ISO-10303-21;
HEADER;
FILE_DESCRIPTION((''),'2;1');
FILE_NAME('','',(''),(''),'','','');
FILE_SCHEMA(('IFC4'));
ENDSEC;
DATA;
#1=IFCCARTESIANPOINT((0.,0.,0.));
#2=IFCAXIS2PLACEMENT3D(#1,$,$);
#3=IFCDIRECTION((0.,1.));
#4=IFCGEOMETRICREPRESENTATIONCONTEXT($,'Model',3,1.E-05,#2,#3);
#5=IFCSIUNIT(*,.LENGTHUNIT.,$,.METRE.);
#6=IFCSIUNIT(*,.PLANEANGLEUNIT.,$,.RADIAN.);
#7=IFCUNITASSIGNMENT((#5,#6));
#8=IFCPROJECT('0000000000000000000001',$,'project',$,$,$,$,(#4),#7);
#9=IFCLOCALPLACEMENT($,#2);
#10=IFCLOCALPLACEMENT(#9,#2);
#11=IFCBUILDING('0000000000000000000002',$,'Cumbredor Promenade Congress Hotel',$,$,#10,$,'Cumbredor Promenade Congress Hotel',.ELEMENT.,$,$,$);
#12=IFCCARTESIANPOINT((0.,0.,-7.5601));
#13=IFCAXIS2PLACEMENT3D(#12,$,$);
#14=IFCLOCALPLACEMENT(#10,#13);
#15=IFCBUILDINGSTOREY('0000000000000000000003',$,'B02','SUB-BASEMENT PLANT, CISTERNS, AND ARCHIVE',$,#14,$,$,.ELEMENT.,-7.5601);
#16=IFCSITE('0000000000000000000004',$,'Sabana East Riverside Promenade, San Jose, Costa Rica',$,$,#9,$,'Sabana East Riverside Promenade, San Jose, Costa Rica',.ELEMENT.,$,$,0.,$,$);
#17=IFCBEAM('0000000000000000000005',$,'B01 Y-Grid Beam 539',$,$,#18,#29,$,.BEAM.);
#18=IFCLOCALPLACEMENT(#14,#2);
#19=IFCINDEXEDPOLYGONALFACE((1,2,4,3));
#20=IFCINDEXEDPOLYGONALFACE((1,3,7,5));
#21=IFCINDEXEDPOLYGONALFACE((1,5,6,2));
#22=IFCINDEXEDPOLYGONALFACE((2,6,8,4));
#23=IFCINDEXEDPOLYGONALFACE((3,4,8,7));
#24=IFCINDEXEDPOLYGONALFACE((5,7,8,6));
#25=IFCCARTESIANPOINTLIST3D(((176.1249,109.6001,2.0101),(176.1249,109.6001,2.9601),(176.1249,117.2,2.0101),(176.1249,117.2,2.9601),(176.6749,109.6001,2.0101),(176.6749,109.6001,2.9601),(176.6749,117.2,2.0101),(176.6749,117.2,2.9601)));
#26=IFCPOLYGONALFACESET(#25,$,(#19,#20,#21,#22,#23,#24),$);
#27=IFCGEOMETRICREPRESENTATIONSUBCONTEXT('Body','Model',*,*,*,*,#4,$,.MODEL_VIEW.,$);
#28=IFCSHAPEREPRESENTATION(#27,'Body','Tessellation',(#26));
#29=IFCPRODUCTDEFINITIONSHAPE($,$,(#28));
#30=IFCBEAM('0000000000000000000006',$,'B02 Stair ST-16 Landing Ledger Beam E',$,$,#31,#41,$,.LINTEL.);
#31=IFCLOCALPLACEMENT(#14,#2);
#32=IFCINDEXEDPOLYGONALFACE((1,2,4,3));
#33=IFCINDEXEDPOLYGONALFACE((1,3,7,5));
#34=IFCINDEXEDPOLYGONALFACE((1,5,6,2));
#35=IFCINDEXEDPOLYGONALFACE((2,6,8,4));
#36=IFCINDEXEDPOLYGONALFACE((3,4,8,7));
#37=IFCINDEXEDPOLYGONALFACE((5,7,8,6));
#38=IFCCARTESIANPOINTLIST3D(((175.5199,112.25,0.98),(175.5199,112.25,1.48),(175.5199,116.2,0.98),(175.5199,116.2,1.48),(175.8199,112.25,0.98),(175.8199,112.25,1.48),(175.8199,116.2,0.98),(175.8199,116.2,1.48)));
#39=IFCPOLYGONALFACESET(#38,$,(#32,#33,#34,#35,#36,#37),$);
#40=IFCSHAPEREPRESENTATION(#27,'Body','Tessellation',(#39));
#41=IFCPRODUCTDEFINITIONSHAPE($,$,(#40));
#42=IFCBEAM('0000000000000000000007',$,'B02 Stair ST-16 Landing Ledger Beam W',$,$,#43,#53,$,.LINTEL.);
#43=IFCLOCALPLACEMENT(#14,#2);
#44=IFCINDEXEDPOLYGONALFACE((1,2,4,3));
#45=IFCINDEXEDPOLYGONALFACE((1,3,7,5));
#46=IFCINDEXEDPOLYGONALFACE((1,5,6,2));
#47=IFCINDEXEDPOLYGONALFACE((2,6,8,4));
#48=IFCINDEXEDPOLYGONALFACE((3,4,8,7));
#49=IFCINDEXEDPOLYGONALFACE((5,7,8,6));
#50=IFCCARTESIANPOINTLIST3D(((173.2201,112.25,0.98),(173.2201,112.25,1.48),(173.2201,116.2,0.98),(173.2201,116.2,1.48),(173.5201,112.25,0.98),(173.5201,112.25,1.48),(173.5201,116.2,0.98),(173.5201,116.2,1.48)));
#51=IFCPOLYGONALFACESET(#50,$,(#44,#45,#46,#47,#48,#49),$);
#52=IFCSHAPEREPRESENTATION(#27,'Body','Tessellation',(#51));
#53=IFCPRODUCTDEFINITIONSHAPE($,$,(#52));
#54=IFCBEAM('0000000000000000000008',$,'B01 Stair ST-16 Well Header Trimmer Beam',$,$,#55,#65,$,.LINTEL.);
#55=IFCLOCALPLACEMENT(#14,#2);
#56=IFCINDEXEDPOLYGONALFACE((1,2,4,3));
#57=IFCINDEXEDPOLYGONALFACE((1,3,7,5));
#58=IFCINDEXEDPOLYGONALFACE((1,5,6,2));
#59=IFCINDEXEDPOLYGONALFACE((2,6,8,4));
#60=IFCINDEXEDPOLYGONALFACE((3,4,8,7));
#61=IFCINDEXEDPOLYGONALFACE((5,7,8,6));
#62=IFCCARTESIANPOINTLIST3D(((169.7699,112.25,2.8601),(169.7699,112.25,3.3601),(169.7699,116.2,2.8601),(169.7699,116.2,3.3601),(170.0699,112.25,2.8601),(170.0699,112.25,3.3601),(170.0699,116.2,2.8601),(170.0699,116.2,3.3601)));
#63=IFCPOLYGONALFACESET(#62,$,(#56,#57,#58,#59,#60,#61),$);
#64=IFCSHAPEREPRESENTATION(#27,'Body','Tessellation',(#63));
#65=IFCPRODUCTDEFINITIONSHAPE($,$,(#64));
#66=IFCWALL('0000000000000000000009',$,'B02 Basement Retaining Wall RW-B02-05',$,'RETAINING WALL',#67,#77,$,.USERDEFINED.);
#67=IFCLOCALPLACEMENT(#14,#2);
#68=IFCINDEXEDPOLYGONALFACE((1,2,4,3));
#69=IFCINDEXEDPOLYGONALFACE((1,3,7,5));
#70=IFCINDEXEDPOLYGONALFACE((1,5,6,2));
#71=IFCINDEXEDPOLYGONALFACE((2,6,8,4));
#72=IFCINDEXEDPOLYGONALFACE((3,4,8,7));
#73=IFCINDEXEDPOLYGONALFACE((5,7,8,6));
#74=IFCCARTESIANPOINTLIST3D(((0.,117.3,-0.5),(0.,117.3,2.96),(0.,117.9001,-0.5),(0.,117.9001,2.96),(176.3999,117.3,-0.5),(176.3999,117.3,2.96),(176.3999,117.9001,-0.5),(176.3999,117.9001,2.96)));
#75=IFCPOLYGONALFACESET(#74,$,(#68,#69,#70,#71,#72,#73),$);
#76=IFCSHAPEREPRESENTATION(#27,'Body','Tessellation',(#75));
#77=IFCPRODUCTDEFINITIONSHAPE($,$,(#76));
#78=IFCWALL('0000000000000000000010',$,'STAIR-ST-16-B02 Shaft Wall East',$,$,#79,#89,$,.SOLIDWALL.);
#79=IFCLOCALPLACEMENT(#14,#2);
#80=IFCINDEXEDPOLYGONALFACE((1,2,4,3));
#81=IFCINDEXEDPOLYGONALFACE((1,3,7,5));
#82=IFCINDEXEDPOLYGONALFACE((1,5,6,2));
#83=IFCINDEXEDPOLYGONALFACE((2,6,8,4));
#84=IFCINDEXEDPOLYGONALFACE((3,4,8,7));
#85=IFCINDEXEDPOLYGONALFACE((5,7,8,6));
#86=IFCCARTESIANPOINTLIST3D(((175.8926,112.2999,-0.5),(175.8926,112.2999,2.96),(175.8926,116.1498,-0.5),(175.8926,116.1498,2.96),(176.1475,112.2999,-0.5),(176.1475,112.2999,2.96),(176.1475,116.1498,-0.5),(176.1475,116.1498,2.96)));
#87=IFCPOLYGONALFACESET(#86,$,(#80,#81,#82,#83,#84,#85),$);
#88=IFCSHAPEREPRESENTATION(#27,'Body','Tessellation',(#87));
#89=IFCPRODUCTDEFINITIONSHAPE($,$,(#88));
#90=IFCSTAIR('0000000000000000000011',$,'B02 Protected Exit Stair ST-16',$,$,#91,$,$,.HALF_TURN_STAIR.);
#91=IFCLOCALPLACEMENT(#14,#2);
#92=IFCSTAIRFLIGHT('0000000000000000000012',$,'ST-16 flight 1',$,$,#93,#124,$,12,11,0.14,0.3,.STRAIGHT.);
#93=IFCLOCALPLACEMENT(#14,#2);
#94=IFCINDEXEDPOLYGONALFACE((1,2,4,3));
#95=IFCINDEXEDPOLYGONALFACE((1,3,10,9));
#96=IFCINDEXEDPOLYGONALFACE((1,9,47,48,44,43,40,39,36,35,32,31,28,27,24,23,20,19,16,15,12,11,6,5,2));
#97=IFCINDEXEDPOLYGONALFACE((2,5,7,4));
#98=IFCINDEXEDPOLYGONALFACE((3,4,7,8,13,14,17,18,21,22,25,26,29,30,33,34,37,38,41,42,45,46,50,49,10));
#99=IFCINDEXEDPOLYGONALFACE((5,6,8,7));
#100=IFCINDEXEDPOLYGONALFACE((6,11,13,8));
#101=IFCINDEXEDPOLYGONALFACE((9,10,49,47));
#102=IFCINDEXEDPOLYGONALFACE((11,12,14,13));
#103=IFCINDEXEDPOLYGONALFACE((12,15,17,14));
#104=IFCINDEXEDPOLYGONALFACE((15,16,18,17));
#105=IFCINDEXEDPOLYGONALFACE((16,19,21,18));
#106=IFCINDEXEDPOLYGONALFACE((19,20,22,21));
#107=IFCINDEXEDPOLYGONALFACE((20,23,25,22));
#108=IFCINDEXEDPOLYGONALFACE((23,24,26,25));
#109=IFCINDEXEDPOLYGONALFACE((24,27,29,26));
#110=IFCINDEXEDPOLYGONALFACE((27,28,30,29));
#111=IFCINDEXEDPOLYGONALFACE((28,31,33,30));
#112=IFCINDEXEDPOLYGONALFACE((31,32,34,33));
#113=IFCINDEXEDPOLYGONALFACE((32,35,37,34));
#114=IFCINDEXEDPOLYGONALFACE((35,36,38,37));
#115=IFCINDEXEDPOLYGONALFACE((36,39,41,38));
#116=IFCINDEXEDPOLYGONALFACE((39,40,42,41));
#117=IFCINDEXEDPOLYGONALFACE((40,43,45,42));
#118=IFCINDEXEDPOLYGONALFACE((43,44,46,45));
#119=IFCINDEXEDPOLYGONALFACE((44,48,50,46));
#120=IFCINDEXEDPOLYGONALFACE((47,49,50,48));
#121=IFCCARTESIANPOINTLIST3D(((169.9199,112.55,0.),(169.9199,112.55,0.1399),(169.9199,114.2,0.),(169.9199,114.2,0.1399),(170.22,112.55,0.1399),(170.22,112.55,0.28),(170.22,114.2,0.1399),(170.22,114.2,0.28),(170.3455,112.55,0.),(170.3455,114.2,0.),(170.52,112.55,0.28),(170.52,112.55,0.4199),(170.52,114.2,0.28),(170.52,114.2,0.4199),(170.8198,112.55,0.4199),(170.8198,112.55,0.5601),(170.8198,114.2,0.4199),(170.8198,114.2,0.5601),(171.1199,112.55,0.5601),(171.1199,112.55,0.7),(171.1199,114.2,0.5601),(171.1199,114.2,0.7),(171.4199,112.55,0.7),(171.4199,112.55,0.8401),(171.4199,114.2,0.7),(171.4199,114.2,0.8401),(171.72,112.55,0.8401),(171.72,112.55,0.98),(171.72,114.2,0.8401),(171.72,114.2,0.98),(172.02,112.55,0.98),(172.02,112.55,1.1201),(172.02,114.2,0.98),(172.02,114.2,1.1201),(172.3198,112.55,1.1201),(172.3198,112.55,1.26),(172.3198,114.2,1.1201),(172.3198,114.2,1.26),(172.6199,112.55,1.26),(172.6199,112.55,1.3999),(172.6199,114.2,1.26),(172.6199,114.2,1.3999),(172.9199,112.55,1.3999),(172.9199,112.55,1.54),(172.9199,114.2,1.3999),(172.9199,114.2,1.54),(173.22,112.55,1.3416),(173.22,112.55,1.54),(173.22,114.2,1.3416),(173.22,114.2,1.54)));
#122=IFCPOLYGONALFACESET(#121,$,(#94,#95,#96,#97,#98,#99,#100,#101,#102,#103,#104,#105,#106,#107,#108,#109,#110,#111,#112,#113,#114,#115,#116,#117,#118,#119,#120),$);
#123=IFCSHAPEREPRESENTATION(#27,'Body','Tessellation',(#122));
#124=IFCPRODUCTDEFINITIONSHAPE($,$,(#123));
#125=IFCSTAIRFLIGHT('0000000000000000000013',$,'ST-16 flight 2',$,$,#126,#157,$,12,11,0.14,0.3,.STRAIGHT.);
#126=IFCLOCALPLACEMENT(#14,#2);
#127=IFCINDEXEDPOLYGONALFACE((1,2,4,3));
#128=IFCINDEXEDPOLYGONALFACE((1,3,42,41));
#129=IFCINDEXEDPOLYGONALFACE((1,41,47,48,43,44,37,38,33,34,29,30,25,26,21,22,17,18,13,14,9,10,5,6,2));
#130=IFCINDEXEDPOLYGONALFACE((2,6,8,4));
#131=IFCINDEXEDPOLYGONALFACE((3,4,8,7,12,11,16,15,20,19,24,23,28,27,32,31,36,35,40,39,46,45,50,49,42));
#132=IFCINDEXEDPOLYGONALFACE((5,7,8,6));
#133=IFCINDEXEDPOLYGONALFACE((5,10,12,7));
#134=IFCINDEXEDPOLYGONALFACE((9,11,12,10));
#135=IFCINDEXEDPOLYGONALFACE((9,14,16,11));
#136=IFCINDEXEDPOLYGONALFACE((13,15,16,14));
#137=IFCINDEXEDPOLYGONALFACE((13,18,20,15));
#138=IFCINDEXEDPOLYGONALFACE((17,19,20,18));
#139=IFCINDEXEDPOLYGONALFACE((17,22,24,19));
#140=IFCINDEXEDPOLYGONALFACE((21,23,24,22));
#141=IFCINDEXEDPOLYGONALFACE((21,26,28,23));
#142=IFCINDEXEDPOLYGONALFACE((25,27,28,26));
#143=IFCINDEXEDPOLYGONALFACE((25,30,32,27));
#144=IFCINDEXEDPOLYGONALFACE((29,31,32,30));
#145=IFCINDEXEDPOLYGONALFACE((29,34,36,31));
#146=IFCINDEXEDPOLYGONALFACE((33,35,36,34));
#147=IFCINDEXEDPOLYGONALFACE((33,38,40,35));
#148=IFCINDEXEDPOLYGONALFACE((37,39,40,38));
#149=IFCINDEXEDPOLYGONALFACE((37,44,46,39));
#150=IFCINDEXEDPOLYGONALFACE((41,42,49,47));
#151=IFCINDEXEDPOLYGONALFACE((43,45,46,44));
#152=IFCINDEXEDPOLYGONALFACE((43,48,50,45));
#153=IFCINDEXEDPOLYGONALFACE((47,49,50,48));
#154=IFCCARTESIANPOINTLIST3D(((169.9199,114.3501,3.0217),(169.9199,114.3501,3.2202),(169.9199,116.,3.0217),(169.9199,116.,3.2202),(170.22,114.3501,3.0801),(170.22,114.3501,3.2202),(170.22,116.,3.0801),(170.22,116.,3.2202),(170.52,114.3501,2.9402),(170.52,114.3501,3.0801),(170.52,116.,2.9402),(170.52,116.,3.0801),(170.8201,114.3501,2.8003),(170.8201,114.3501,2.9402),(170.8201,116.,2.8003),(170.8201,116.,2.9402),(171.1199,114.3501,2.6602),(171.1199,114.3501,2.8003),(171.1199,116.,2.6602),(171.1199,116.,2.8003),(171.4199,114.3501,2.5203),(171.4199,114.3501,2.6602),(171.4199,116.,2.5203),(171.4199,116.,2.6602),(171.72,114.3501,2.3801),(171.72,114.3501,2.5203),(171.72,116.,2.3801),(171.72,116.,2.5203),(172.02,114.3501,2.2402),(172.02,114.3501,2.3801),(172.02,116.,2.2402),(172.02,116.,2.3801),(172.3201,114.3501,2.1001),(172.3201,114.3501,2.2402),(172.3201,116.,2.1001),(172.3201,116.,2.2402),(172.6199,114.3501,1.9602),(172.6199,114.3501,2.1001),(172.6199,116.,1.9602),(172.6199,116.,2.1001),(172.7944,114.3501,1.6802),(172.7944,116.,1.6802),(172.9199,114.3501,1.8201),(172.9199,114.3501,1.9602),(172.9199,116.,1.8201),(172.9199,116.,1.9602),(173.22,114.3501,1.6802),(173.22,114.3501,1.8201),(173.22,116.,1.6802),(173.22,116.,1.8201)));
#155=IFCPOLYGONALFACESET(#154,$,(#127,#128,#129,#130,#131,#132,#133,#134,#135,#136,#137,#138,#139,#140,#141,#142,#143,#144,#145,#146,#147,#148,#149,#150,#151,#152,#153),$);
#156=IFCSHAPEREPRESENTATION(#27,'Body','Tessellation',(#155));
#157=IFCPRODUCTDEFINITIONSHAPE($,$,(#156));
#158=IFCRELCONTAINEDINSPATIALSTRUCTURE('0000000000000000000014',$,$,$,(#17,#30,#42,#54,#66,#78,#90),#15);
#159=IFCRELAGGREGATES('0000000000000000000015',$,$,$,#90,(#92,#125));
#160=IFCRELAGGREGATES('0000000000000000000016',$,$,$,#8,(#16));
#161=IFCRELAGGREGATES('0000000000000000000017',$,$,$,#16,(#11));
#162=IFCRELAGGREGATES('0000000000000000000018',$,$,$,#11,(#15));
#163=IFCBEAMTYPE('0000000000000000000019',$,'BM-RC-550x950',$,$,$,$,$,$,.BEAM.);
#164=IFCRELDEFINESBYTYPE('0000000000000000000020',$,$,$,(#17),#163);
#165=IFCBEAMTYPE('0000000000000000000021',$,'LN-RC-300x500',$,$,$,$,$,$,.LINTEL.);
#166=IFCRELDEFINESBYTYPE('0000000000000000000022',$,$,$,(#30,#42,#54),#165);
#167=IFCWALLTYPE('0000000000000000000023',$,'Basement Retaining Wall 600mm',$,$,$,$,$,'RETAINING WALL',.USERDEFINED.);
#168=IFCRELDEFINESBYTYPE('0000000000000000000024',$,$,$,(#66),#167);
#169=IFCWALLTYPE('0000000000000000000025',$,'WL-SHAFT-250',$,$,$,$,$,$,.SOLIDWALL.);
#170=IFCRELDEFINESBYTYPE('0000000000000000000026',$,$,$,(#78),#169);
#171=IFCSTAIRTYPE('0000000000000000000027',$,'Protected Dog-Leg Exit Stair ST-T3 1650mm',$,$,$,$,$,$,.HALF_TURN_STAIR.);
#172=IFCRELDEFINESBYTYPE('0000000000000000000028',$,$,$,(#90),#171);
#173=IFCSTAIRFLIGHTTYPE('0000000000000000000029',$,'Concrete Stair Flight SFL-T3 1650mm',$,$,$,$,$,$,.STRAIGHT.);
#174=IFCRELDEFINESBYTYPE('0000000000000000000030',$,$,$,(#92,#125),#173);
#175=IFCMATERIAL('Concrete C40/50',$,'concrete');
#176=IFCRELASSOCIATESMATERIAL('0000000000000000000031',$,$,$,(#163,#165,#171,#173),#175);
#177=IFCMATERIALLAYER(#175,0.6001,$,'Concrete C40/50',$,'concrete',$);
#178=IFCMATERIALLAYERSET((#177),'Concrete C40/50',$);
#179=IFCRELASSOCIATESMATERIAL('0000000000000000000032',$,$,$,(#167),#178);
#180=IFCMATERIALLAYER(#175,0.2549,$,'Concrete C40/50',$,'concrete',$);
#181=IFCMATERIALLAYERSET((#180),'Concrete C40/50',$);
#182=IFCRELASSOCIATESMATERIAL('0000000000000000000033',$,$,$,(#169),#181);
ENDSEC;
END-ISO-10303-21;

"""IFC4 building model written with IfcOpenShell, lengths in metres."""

from ifc_helpers import new_model, si_unit, direction, frame, frame_2d, origin, origin_2d, place, context, subcontext, project, spatial, polyline, rectangle, outline, extrude, material, layer, layer_set, material_profile, profile_set, type_object, element, aggregate, save


model = new_model("IFC4")

# Units and contexts
model_context = context("Model", 3, precision=1e-05, world=origin(), true_north=direction((0.0, 1.0)))
body_context = subcontext(model_context, "Body", "Model", "MODEL_VIEW")
ifc_project = project(units=[si_unit("LENGTHUNIT", "METRE"), si_unit("PLANEANGLEUNIT", "RADIAN")], contexts=[model_context])

# Site, building, storey
site_placement = place(None, origin())
site = spatial("IfcSite", under=ifc_project, at=site_placement, Name="Sabana East Riverside Promenade, San Jose, Costa Rica", LongName="Sabana East Riverside Promenade, San Jose, Costa Rica", CompositionType="ELEMENT", RefElevation=0.0)
building_placement = place(site_placement, origin())
building = spatial("IfcBuilding", under=site, at=building_placement, Name="Cumbredor Promenade Congress Hotel", LongName="Cumbredor Promenade Congress Hotel", CompositionType="ELEMENT")
storey_placement = place(building_placement, frame((0.0, 0.0, -7.5601)))
storey = spatial("IfcBuildingStorey", under=building, at=storey_placement, Name="B02", Description="SUB-BASEMENT PLANT, CISTERNS, AND ARCHIVE", CompositionType="ELEMENT", Elevation=-7.5601)

# Shared definitions
ifc_material_1 = material(Name="Concrete C40/50", Category="concrete")

# Beams
ifc_material_profile_1 = material_profile(ifc_material_1, rectangle(XDim=0.55, YDim=0.95, at=origin_2d()), Name="RC BEAM 550x950")
ifc_profile_set_1 = profile_set([ifc_material_profile_1], Name="Concrete C40/50")
beam_type_1 = type_object("IfcBeamType", Name="BM-RC-550x950", PredefinedType="BEAM", material=ifc_profile_set_1)
beam_placement = place(storey_placement, frame((176.3999, 109.6001, 2.4851), z_axis=(0.0, 1.0, 0.0), x_axis=(-1.0, 0.0, 0.0)))
element("IfcBeam", 1, at=beam_placement, inside=storey, type_object=beam_type_1, Name="B01 Y-Grid Beam 539", PredefinedType="BEAM", context=body_context, shape_type="SweptSolid", body=[
    extrude(rectangle(XDim=0.55, YDim=0.95, at=origin_2d()), origin(), (0.0, 0.0, 1.0), 7.5999),
])
ifc_material_profile_2 = material_profile(ifc_material_1, rectangle(XDim=0.3, YDim=0.5, at=origin_2d()), Name="RC LINTEL 300x500")
ifc_profile_set_2 = profile_set([ifc_material_profile_2], Name="Concrete C40/50")
beam_type_2 = type_object("IfcBeamType", Name="LN-RC-300x500", PredefinedType="LINTEL", material=ifc_profile_set_2)
for number, where, z_axis, x_axis, name in (
    (2, (175.6699, 112.25, 1.23), (0.0, 1.0, 0.0), (-1.0, 0.0, 0.0), "B02 Stair ST-16 Landing Ledger Beam E"),
    (3, (173.3701, 112.25, 1.23), (0.0, 1.0, 0.0), (-1.0, 0.0, 0.0), "B02 Stair ST-16 Landing Ledger Beam W"),
    (4, (169.9199, 112.25, 3.1101), (0.0, 1.0, 0.0), (-1.0, 0.0, 0.0), "B01 Stair ST-16 Well Header Trimmer Beam"),
):
    element("IfcBeam", number, at=place(storey_placement, frame(where, z_axis=z_axis, x_axis=x_axis)), inside=storey, type_object=beam_type_2, Name=name, PredefinedType="LINTEL", context=body_context, shape_type="SweptSolid", body=[
        extrude(rectangle(XDim=0.3, YDim=0.5, at=origin_2d()), origin(), (0.0, 0.0, 1.0), 3.95),
    ])

# Walls
ifc_layer_1 = layer(ifc_material_1, 0.6001, Name="Concrete C40/50", Category="concrete")
ifc_layer_set_1 = layer_set([ifc_layer_1], Name="Concrete C40/50")
wall_type_1 = type_object("IfcWallType", Name="Basement Retaining Wall 600mm", ElementType="RETAINING WALL", PredefinedType="USERDEFINED", material=ifc_layer_set_1)
wall_1_placement = place(storey_placement, frame((176.3999, 117.6001, -0.5), z_axis=(0.0, 0.0, 1.0), x_axis=(-1.0, 0.0, 0.0)))
element("IfcWall", 5, at=wall_1_placement, inside=storey, type_object=wall_type_1, Name="B02 Basement Retaining Wall RW-B02-05", ObjectType="RETAINING WALL", PredefinedType="USERDEFINED", context=body_context, shape_type="SweptSolid", body=[
    extrude(rectangle(XDim=176.3999, YDim=0.6001, at=frame_2d((88.2, 0.0))), origin(), (0.0, 0.0, 1.0), 3.46),
])
ifc_layer_2 = layer(ifc_material_1, 0.2549, Name="Concrete C40/50", Category="concrete")
ifc_layer_set_2 = layer_set([ifc_layer_2], Name="Concrete C40/50")
wall_type_2 = type_object("IfcWallType", Name="WL-SHAFT-250", PredefinedType="SOLIDWALL", material=ifc_layer_set_2)
wall_2_placement = place(storey_placement, frame((176.02, 112.3, -0.5), z_axis=(0.0, 0.0, 1.0), x_axis=(0.0, 1.0, 0.0)))
element("IfcWall", 6, at=wall_2_placement, inside=storey, type_object=wall_type_2, Name="STAIR-ST-16-B02 Shaft Wall East", PredefinedType="SOLIDWALL", context=body_context, shape_type="SweptSolid", body=[
    extrude(rectangle(XDim=3.8499, YDim=0.2549, at=frame_2d((1.9248, 0.0))), origin(), (0.0, 0.0, 1.0), 3.46),
])

# Stair, stair flights
stair_type = type_object("IfcStairType", Name="Protected Dog-Leg Exit Stair ST-T3 1650mm", PredefinedType="HALF_TURN_STAIR", material=ifc_material_1)
stair_placement = place(storey_placement, origin())
stair = element("IfcStair", 7, at=stair_placement, inside=storey, type_object=stair_type, Name="B02 Protected Exit Stair ST-16", PredefinedType="HALF_TURN_STAIR")
stair_flight_type = type_object("IfcStairFlightType", Name="Concrete Stair Flight SFL-T3 1650mm", PredefinedType="STRAIGHT", material=ifc_material_1)
stair_flight_1_placement = place(storey_placement, frame((169.9199, 113.375, 0.0), z_axis=(0.0, 0.0, 1.0), x_axis=(1.0, 0.0, 0.0)))
stair_flight_1 = element("IfcStairFlight", 8, at=stair_flight_1_placement, type_object=stair_flight_type, Name="ST-16 flight 1", NumberOfRisers=12, NumberOfTreads=11, PredefinedType="STRAIGHT", RiserHeight=0.14, TreadLength=0.3, context=body_context, shape_type="SweptSolid", body=[
    extrude(outline(polyline([(0.0, 0.0), (0.0, 0.1399), (0.3, 0.1399), (0.3, 0.28), (0.6001, 0.28), (0.6001, 0.4199), (0.8999, 0.4199), (0.8999, 0.5601), (1.2, 0.5601), (1.2, 0.7), (1.5, 0.7), (1.5, 0.8401), (1.8, 0.8401), (1.8, 0.98), (2.1001, 0.98), (2.1001, 1.1201), (2.3999, 1.1201), (2.3999, 1.26), (2.7, 1.26), (2.7, 1.3999), (3.0, 1.3999), (3.0, 1.54), (3.3, 1.54), (3.3, 1.6799), (3.3, 1.3416), (0.4255, 0.0), (0.0, 0.0)])), frame((0.0, 0.825, 0.0), z_axis=(0.0, -1.0, 0.0), x_axis=(1.0, 0.0, 0.0)), (0.0, 0.0, 1.0), 1.6499),
])
stair_flight_2_placement = place(storey_placement, frame((173.22, 115.175, 1.6802), z_axis=(0.0, 0.0, 1.0), x_axis=(-1.0, 0.0, 0.0)))
stair_flight_2 = element("IfcStairFlight", 9, at=stair_flight_2_placement, type_object=stair_flight_type, Name="ST-16 flight 2", NumberOfRisers=12, NumberOfTreads=11, PredefinedType="STRAIGHT", RiserHeight=0.14, TreadLength=0.3, context=body_context, shape_type="SweptSolid", body=[
    extrude(outline(polyline([(0.0, 0.0), (0.0, 0.1399), (0.3, 0.1399), (0.3, 0.28), (0.6001, 0.28), (0.6001, 0.4199), (0.8999, 0.4199), (0.8999, 0.5601), (1.2, 0.5601), (1.2, 0.7), (1.5, 0.7), (1.5, 0.8401), (1.8, 0.8401), (1.8, 0.98), (2.1001, 0.98), (2.1001, 1.1201), (2.3999, 1.1201), (2.3999, 1.26), (2.7, 1.26), (2.7, 1.3999), (3.0, 1.3999), (3.0, 1.54), (3.3, 1.54), (3.3, 1.6799), (3.3, 1.3416), (0.4255, 0.0), (0.0, 0.0)])), frame((0.0, 0.825, 0.0), z_axis=(0.0, -1.0, 0.0), x_axis=(1.0, 0.0, 0.0)), (0.0, 0.0, 1.0), 1.6499),
])
aggregate(stair, [stair_flight_1, stair_flight_2])

save(model, "model.ifc")
